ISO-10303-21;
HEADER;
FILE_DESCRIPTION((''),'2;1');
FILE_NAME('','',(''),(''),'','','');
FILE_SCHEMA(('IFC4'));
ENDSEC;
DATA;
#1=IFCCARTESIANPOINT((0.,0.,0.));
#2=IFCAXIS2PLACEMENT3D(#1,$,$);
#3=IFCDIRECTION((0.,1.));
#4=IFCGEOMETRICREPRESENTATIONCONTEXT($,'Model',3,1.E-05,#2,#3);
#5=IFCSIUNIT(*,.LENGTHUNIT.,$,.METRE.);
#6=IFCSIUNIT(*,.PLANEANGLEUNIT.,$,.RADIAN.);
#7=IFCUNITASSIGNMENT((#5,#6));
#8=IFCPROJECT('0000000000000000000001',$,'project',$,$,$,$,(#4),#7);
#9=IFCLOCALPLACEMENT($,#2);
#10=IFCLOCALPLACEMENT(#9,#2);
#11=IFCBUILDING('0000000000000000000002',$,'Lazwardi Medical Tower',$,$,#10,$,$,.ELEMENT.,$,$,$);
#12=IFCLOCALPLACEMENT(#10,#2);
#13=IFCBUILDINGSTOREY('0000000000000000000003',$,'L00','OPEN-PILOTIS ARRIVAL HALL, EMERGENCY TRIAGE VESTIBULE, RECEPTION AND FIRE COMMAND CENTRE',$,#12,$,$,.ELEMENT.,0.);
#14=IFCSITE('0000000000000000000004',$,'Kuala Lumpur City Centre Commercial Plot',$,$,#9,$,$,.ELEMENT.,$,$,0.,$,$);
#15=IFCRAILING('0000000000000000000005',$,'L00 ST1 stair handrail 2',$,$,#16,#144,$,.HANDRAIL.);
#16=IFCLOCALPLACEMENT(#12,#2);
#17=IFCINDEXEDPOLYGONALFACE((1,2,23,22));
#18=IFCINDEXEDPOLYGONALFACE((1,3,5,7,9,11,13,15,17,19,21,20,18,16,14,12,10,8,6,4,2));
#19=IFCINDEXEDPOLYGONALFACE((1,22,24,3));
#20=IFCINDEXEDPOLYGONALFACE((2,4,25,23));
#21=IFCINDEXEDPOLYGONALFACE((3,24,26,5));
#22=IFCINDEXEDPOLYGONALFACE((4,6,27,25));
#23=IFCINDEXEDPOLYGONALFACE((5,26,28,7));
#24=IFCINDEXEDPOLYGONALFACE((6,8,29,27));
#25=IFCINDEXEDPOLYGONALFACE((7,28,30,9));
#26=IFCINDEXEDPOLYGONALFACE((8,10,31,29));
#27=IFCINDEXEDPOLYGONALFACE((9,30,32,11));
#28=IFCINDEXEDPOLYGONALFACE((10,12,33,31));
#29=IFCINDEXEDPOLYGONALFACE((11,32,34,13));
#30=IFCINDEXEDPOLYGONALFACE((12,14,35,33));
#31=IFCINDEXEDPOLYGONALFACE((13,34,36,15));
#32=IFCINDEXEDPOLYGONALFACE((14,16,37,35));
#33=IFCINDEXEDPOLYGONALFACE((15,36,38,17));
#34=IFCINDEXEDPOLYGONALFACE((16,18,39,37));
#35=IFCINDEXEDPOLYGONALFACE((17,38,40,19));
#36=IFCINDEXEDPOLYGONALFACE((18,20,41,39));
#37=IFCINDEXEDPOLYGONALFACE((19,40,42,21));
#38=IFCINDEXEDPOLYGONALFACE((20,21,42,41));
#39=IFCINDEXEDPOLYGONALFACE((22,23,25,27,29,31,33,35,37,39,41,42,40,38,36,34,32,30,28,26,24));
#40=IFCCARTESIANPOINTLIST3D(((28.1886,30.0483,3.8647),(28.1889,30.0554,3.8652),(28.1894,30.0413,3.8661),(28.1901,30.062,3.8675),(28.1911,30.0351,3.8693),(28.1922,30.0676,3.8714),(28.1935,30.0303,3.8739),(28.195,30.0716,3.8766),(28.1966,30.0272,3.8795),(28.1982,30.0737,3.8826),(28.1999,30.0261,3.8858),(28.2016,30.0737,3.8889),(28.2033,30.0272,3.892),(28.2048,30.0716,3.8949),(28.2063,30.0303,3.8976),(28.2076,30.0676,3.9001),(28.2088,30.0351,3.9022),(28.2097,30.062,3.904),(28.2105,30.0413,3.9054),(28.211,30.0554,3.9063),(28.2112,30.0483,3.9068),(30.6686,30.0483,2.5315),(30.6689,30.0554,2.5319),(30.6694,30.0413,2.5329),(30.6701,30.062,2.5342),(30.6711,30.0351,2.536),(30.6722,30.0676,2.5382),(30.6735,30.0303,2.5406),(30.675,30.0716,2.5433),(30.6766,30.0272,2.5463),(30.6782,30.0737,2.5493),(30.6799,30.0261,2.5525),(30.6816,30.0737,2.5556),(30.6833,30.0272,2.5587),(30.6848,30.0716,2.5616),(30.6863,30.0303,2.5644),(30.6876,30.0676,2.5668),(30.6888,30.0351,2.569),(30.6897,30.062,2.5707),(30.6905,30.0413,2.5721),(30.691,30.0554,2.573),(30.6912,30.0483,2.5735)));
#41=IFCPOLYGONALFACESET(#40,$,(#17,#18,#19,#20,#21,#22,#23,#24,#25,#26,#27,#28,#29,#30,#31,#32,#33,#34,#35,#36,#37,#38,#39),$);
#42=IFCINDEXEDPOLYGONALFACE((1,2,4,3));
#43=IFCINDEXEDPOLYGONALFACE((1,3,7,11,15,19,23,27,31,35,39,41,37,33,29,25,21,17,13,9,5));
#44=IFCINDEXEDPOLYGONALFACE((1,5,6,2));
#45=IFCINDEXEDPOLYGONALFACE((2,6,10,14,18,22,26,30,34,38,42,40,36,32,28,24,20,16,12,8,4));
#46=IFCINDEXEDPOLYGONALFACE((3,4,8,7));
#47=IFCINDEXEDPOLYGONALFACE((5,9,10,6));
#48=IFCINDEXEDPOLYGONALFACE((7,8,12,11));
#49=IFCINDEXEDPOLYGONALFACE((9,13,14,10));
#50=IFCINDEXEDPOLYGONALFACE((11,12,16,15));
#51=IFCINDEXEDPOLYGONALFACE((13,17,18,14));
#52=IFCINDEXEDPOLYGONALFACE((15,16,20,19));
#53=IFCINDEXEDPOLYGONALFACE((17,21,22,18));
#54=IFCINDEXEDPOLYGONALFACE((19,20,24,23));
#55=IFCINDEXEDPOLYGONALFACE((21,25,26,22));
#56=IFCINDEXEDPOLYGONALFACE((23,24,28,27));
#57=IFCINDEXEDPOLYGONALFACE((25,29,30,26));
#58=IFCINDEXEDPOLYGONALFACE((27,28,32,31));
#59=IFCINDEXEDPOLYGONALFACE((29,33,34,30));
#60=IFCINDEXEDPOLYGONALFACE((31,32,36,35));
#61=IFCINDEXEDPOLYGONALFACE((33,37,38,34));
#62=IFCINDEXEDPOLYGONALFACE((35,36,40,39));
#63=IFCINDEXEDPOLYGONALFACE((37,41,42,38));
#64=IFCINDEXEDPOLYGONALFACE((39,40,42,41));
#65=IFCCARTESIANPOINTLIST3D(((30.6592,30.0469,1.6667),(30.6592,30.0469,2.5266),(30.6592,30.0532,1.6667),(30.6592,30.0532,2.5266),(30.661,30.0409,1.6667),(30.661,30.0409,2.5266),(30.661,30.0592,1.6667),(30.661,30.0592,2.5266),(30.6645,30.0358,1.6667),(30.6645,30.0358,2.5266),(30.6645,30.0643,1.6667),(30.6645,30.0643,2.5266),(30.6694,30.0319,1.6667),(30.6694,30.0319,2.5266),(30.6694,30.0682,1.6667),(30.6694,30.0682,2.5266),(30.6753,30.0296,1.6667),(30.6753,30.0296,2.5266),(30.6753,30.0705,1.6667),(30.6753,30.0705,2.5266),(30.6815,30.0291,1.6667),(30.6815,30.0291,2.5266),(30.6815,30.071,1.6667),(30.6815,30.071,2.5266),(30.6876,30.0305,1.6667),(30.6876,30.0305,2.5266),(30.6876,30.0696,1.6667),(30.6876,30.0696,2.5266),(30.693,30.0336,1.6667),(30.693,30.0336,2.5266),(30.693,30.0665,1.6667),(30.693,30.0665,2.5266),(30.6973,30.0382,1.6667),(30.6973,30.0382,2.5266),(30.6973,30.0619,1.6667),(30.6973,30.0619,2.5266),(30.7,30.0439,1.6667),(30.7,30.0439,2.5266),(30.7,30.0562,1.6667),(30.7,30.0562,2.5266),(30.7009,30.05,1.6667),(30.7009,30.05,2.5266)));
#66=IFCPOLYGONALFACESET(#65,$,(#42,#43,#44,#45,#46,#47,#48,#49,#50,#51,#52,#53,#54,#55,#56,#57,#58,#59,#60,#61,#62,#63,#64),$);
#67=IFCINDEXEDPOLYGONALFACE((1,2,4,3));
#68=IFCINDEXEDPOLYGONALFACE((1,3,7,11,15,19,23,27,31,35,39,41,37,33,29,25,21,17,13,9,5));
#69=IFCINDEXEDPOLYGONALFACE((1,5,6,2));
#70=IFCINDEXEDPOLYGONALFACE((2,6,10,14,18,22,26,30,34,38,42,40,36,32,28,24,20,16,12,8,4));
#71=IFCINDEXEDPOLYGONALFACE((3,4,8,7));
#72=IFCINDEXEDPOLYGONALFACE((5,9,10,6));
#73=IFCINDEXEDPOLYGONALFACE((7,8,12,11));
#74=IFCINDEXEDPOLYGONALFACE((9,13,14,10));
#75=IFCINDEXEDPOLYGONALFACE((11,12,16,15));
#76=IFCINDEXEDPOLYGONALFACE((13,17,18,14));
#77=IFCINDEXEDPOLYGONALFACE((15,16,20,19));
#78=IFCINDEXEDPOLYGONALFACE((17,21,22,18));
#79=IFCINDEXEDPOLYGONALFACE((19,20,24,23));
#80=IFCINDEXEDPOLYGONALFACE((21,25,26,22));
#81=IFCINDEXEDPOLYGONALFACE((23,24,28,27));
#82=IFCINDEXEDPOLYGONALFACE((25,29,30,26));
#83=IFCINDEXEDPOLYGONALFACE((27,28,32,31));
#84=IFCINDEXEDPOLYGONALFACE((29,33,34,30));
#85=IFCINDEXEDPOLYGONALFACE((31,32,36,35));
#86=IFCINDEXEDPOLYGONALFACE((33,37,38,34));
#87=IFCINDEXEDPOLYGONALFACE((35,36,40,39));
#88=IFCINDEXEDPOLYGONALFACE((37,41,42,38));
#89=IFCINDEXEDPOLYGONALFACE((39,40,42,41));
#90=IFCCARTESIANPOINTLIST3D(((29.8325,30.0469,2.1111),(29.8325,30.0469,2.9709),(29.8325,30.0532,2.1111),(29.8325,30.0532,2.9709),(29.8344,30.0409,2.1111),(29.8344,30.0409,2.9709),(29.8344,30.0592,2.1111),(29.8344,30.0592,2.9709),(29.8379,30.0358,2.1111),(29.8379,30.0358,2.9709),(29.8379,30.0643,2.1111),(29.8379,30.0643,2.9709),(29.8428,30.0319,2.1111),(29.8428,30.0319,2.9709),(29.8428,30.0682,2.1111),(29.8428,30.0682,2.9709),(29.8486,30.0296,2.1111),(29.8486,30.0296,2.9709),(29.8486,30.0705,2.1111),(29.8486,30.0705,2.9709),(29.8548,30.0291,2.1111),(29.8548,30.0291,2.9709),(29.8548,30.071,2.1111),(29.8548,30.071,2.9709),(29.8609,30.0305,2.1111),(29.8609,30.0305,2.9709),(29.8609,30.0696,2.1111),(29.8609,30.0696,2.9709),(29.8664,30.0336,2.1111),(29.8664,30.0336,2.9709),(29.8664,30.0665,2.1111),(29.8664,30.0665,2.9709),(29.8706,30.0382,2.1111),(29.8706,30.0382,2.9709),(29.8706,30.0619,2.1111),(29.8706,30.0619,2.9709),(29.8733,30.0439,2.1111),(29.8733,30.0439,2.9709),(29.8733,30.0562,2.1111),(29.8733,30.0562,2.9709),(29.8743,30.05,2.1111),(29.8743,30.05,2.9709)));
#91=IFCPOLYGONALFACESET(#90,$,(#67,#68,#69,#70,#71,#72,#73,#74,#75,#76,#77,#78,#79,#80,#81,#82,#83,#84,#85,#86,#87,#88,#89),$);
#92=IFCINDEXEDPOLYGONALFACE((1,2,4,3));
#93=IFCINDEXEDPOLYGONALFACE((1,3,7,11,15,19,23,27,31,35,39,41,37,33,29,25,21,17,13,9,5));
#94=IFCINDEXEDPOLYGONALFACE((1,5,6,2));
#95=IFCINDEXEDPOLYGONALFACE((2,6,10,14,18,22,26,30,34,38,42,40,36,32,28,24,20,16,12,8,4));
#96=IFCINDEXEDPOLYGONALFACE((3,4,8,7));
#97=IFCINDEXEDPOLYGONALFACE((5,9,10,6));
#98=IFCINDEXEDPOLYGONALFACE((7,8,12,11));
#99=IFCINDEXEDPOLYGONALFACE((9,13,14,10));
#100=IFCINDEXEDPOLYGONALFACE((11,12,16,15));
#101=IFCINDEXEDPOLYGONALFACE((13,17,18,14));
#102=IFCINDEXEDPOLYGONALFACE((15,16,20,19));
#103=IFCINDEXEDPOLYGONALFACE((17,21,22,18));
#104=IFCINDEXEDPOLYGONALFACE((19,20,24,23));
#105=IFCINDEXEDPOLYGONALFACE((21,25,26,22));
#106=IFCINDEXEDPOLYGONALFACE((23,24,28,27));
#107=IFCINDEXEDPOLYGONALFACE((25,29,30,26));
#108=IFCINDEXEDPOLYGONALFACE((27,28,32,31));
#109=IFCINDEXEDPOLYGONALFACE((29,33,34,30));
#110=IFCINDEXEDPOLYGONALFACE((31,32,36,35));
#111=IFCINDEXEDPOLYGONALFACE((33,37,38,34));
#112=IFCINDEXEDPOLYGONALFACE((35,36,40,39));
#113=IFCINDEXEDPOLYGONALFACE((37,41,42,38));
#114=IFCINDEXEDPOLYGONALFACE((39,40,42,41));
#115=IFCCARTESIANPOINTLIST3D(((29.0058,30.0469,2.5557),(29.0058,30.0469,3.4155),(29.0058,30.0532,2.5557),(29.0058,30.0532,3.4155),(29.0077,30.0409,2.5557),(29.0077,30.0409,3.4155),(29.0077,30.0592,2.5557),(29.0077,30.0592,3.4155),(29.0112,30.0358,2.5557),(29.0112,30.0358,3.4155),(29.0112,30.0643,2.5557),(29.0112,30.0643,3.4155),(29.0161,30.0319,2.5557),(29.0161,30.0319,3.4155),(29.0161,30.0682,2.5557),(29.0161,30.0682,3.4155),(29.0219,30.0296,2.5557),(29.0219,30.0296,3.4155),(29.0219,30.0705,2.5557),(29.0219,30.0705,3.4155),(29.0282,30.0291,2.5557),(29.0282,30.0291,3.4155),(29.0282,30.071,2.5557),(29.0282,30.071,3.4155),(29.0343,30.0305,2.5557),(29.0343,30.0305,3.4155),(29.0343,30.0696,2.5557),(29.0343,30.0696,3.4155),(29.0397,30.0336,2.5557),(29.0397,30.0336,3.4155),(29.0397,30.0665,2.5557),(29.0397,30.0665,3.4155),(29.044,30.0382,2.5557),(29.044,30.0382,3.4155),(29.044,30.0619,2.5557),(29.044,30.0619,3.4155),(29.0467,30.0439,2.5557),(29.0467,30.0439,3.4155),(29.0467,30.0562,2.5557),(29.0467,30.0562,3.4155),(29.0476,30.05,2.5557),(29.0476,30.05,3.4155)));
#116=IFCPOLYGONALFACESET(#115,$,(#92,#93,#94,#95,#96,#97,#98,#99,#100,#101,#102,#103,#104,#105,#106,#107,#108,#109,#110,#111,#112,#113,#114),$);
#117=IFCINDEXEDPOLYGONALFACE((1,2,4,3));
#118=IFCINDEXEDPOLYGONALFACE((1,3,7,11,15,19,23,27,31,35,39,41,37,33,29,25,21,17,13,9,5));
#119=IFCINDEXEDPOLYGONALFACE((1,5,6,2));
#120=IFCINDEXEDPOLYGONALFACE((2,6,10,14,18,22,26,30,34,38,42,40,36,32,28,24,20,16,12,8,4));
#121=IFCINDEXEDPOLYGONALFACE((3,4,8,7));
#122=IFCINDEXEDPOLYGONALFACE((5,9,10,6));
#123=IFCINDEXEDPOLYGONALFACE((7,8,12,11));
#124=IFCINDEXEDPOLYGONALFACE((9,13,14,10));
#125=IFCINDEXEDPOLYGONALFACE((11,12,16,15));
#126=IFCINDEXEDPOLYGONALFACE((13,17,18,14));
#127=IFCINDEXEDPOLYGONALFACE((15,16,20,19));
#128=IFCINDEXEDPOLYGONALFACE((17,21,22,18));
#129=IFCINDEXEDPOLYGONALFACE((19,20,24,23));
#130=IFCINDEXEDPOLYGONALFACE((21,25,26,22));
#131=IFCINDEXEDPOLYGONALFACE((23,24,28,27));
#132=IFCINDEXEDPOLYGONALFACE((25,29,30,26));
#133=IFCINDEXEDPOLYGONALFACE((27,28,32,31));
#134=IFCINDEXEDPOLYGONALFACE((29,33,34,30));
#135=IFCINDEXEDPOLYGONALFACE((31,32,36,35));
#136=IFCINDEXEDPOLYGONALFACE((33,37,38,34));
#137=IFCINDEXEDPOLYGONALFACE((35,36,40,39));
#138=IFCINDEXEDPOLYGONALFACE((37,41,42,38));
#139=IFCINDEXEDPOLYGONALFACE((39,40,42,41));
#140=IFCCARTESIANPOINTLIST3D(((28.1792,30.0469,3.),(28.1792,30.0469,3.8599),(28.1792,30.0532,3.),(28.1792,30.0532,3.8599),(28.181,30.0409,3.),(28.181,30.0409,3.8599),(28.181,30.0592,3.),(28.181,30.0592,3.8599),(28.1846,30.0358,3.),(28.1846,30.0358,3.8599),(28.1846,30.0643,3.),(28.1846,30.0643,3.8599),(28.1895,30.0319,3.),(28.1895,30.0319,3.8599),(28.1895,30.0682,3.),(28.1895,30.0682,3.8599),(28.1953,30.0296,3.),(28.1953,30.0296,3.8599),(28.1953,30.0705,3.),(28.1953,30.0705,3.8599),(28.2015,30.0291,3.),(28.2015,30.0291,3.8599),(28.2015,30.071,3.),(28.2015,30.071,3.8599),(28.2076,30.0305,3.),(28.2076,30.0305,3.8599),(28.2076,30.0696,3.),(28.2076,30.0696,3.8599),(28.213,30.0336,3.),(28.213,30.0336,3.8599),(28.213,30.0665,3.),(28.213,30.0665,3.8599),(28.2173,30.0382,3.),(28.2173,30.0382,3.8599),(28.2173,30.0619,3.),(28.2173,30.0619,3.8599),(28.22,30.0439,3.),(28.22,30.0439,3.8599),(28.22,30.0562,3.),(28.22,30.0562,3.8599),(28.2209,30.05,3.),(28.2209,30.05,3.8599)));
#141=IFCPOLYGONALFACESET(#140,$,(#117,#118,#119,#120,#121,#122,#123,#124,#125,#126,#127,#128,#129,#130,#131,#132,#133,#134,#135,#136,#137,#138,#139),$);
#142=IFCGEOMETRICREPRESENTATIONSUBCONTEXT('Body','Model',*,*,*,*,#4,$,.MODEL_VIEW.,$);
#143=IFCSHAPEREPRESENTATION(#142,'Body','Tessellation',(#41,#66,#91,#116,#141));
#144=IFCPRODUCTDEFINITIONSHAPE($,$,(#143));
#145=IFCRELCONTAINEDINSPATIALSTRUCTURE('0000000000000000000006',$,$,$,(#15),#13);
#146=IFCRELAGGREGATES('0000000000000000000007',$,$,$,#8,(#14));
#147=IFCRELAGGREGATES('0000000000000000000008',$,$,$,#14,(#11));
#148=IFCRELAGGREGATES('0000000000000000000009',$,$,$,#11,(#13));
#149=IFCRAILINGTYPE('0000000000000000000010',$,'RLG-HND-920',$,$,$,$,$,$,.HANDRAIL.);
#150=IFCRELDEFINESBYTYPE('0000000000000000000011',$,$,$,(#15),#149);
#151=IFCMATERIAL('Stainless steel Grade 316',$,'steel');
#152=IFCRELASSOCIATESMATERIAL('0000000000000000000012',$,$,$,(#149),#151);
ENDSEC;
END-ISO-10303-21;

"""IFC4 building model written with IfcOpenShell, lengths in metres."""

from ifc_helpers import new_model, si_unit, direction, frame, origin, origin_2d, place, context, subcontext, project, spatial, circle, extrude, material, type_object, element, save


model = new_model("IFC4")

# Units and contexts
model_context = context("Model", 3, precision=1e-05, world=origin(), true_north=direction((0.0, 1.0)))
body_context = subcontext(model_context, "Body", "Model", "MODEL_VIEW")
ifc_project = project(units=[si_unit("LENGTHUNIT", "METRE"), si_unit("PLANEANGLEUNIT", "RADIAN")], contexts=[model_context])

# Site, building, storey
site_placement = place(None, origin())
site = spatial("IfcSite", under=ifc_project, at=site_placement, Name="Kuala Lumpur City Centre Commercial Plot", CompositionType="ELEMENT", RefElevation=0.0)
building_placement = place(site_placement, origin())
building = spatial("IfcBuilding", under=site, at=building_placement, Name="Lazwardi Medical Tower", CompositionType="ELEMENT")
storey_placement = place(building_placement, origin())
storey = spatial("IfcBuildingStorey", under=building, at=storey_placement, Name="L00", Description="OPEN-PILOTIS ARRIVAL HALL, EMERGENCY TRIAGE VESTIBULE, RECEPTION AND FIRE COMMAND CENTRE", CompositionType="ELEMENT", Elevation=0.0)

# Railing
ifc_material_1 = material(Name="Stainless steel Grade 316", Category="steel")
railing_type_1 = type_object("IfcRailingType", Name="RLG-HND-920", PredefinedType="HANDRAIL", material=ifc_material_1)
railing_1_placement = place(storey_placement, frame((30.6799, 30.05, 1.6667)))
element("IfcRailing", 1, at=railing_1_placement, inside=storey, type_object=railing_type_1, Name="L00 ST1 stair handrail 2", PredefinedType="HANDRAIL", context=body_context, shape_type="SweptSolid", body=[
    extrude(circle(Radius=0.0239, at=origin_2d()), frame((0.0, 0.0, 0.8857), z_axis=(-0.880786, 0.0, 0.473515), x_axis=(0.0, -1.0, 0.0)), (0.0, 0.0, 1.0), 2.8157),
    extrude(circle(Radius=0.021, at=origin_2d()), origin(), (0.0, 0.0, 1.0), 0.8599),
    extrude(circle(Radius=0.021, at=origin_2d()), frame((-0.8267, 0.0, 0.4443)), (0.0, 0.0, 1.0), 0.8599),
    extrude(circle(Radius=0.021, at=origin_2d()), frame((-1.6533, 0.0, 0.8889)), (0.0, 0.0, 1.0), 0.8599),
    extrude(circle(Radius=0.021, at=origin_2d()), frame((-2.48, 0.0, 1.3333)), (0.0, 0.0, 1.0), 0.8599),
])

save(model, "model.ifc")
